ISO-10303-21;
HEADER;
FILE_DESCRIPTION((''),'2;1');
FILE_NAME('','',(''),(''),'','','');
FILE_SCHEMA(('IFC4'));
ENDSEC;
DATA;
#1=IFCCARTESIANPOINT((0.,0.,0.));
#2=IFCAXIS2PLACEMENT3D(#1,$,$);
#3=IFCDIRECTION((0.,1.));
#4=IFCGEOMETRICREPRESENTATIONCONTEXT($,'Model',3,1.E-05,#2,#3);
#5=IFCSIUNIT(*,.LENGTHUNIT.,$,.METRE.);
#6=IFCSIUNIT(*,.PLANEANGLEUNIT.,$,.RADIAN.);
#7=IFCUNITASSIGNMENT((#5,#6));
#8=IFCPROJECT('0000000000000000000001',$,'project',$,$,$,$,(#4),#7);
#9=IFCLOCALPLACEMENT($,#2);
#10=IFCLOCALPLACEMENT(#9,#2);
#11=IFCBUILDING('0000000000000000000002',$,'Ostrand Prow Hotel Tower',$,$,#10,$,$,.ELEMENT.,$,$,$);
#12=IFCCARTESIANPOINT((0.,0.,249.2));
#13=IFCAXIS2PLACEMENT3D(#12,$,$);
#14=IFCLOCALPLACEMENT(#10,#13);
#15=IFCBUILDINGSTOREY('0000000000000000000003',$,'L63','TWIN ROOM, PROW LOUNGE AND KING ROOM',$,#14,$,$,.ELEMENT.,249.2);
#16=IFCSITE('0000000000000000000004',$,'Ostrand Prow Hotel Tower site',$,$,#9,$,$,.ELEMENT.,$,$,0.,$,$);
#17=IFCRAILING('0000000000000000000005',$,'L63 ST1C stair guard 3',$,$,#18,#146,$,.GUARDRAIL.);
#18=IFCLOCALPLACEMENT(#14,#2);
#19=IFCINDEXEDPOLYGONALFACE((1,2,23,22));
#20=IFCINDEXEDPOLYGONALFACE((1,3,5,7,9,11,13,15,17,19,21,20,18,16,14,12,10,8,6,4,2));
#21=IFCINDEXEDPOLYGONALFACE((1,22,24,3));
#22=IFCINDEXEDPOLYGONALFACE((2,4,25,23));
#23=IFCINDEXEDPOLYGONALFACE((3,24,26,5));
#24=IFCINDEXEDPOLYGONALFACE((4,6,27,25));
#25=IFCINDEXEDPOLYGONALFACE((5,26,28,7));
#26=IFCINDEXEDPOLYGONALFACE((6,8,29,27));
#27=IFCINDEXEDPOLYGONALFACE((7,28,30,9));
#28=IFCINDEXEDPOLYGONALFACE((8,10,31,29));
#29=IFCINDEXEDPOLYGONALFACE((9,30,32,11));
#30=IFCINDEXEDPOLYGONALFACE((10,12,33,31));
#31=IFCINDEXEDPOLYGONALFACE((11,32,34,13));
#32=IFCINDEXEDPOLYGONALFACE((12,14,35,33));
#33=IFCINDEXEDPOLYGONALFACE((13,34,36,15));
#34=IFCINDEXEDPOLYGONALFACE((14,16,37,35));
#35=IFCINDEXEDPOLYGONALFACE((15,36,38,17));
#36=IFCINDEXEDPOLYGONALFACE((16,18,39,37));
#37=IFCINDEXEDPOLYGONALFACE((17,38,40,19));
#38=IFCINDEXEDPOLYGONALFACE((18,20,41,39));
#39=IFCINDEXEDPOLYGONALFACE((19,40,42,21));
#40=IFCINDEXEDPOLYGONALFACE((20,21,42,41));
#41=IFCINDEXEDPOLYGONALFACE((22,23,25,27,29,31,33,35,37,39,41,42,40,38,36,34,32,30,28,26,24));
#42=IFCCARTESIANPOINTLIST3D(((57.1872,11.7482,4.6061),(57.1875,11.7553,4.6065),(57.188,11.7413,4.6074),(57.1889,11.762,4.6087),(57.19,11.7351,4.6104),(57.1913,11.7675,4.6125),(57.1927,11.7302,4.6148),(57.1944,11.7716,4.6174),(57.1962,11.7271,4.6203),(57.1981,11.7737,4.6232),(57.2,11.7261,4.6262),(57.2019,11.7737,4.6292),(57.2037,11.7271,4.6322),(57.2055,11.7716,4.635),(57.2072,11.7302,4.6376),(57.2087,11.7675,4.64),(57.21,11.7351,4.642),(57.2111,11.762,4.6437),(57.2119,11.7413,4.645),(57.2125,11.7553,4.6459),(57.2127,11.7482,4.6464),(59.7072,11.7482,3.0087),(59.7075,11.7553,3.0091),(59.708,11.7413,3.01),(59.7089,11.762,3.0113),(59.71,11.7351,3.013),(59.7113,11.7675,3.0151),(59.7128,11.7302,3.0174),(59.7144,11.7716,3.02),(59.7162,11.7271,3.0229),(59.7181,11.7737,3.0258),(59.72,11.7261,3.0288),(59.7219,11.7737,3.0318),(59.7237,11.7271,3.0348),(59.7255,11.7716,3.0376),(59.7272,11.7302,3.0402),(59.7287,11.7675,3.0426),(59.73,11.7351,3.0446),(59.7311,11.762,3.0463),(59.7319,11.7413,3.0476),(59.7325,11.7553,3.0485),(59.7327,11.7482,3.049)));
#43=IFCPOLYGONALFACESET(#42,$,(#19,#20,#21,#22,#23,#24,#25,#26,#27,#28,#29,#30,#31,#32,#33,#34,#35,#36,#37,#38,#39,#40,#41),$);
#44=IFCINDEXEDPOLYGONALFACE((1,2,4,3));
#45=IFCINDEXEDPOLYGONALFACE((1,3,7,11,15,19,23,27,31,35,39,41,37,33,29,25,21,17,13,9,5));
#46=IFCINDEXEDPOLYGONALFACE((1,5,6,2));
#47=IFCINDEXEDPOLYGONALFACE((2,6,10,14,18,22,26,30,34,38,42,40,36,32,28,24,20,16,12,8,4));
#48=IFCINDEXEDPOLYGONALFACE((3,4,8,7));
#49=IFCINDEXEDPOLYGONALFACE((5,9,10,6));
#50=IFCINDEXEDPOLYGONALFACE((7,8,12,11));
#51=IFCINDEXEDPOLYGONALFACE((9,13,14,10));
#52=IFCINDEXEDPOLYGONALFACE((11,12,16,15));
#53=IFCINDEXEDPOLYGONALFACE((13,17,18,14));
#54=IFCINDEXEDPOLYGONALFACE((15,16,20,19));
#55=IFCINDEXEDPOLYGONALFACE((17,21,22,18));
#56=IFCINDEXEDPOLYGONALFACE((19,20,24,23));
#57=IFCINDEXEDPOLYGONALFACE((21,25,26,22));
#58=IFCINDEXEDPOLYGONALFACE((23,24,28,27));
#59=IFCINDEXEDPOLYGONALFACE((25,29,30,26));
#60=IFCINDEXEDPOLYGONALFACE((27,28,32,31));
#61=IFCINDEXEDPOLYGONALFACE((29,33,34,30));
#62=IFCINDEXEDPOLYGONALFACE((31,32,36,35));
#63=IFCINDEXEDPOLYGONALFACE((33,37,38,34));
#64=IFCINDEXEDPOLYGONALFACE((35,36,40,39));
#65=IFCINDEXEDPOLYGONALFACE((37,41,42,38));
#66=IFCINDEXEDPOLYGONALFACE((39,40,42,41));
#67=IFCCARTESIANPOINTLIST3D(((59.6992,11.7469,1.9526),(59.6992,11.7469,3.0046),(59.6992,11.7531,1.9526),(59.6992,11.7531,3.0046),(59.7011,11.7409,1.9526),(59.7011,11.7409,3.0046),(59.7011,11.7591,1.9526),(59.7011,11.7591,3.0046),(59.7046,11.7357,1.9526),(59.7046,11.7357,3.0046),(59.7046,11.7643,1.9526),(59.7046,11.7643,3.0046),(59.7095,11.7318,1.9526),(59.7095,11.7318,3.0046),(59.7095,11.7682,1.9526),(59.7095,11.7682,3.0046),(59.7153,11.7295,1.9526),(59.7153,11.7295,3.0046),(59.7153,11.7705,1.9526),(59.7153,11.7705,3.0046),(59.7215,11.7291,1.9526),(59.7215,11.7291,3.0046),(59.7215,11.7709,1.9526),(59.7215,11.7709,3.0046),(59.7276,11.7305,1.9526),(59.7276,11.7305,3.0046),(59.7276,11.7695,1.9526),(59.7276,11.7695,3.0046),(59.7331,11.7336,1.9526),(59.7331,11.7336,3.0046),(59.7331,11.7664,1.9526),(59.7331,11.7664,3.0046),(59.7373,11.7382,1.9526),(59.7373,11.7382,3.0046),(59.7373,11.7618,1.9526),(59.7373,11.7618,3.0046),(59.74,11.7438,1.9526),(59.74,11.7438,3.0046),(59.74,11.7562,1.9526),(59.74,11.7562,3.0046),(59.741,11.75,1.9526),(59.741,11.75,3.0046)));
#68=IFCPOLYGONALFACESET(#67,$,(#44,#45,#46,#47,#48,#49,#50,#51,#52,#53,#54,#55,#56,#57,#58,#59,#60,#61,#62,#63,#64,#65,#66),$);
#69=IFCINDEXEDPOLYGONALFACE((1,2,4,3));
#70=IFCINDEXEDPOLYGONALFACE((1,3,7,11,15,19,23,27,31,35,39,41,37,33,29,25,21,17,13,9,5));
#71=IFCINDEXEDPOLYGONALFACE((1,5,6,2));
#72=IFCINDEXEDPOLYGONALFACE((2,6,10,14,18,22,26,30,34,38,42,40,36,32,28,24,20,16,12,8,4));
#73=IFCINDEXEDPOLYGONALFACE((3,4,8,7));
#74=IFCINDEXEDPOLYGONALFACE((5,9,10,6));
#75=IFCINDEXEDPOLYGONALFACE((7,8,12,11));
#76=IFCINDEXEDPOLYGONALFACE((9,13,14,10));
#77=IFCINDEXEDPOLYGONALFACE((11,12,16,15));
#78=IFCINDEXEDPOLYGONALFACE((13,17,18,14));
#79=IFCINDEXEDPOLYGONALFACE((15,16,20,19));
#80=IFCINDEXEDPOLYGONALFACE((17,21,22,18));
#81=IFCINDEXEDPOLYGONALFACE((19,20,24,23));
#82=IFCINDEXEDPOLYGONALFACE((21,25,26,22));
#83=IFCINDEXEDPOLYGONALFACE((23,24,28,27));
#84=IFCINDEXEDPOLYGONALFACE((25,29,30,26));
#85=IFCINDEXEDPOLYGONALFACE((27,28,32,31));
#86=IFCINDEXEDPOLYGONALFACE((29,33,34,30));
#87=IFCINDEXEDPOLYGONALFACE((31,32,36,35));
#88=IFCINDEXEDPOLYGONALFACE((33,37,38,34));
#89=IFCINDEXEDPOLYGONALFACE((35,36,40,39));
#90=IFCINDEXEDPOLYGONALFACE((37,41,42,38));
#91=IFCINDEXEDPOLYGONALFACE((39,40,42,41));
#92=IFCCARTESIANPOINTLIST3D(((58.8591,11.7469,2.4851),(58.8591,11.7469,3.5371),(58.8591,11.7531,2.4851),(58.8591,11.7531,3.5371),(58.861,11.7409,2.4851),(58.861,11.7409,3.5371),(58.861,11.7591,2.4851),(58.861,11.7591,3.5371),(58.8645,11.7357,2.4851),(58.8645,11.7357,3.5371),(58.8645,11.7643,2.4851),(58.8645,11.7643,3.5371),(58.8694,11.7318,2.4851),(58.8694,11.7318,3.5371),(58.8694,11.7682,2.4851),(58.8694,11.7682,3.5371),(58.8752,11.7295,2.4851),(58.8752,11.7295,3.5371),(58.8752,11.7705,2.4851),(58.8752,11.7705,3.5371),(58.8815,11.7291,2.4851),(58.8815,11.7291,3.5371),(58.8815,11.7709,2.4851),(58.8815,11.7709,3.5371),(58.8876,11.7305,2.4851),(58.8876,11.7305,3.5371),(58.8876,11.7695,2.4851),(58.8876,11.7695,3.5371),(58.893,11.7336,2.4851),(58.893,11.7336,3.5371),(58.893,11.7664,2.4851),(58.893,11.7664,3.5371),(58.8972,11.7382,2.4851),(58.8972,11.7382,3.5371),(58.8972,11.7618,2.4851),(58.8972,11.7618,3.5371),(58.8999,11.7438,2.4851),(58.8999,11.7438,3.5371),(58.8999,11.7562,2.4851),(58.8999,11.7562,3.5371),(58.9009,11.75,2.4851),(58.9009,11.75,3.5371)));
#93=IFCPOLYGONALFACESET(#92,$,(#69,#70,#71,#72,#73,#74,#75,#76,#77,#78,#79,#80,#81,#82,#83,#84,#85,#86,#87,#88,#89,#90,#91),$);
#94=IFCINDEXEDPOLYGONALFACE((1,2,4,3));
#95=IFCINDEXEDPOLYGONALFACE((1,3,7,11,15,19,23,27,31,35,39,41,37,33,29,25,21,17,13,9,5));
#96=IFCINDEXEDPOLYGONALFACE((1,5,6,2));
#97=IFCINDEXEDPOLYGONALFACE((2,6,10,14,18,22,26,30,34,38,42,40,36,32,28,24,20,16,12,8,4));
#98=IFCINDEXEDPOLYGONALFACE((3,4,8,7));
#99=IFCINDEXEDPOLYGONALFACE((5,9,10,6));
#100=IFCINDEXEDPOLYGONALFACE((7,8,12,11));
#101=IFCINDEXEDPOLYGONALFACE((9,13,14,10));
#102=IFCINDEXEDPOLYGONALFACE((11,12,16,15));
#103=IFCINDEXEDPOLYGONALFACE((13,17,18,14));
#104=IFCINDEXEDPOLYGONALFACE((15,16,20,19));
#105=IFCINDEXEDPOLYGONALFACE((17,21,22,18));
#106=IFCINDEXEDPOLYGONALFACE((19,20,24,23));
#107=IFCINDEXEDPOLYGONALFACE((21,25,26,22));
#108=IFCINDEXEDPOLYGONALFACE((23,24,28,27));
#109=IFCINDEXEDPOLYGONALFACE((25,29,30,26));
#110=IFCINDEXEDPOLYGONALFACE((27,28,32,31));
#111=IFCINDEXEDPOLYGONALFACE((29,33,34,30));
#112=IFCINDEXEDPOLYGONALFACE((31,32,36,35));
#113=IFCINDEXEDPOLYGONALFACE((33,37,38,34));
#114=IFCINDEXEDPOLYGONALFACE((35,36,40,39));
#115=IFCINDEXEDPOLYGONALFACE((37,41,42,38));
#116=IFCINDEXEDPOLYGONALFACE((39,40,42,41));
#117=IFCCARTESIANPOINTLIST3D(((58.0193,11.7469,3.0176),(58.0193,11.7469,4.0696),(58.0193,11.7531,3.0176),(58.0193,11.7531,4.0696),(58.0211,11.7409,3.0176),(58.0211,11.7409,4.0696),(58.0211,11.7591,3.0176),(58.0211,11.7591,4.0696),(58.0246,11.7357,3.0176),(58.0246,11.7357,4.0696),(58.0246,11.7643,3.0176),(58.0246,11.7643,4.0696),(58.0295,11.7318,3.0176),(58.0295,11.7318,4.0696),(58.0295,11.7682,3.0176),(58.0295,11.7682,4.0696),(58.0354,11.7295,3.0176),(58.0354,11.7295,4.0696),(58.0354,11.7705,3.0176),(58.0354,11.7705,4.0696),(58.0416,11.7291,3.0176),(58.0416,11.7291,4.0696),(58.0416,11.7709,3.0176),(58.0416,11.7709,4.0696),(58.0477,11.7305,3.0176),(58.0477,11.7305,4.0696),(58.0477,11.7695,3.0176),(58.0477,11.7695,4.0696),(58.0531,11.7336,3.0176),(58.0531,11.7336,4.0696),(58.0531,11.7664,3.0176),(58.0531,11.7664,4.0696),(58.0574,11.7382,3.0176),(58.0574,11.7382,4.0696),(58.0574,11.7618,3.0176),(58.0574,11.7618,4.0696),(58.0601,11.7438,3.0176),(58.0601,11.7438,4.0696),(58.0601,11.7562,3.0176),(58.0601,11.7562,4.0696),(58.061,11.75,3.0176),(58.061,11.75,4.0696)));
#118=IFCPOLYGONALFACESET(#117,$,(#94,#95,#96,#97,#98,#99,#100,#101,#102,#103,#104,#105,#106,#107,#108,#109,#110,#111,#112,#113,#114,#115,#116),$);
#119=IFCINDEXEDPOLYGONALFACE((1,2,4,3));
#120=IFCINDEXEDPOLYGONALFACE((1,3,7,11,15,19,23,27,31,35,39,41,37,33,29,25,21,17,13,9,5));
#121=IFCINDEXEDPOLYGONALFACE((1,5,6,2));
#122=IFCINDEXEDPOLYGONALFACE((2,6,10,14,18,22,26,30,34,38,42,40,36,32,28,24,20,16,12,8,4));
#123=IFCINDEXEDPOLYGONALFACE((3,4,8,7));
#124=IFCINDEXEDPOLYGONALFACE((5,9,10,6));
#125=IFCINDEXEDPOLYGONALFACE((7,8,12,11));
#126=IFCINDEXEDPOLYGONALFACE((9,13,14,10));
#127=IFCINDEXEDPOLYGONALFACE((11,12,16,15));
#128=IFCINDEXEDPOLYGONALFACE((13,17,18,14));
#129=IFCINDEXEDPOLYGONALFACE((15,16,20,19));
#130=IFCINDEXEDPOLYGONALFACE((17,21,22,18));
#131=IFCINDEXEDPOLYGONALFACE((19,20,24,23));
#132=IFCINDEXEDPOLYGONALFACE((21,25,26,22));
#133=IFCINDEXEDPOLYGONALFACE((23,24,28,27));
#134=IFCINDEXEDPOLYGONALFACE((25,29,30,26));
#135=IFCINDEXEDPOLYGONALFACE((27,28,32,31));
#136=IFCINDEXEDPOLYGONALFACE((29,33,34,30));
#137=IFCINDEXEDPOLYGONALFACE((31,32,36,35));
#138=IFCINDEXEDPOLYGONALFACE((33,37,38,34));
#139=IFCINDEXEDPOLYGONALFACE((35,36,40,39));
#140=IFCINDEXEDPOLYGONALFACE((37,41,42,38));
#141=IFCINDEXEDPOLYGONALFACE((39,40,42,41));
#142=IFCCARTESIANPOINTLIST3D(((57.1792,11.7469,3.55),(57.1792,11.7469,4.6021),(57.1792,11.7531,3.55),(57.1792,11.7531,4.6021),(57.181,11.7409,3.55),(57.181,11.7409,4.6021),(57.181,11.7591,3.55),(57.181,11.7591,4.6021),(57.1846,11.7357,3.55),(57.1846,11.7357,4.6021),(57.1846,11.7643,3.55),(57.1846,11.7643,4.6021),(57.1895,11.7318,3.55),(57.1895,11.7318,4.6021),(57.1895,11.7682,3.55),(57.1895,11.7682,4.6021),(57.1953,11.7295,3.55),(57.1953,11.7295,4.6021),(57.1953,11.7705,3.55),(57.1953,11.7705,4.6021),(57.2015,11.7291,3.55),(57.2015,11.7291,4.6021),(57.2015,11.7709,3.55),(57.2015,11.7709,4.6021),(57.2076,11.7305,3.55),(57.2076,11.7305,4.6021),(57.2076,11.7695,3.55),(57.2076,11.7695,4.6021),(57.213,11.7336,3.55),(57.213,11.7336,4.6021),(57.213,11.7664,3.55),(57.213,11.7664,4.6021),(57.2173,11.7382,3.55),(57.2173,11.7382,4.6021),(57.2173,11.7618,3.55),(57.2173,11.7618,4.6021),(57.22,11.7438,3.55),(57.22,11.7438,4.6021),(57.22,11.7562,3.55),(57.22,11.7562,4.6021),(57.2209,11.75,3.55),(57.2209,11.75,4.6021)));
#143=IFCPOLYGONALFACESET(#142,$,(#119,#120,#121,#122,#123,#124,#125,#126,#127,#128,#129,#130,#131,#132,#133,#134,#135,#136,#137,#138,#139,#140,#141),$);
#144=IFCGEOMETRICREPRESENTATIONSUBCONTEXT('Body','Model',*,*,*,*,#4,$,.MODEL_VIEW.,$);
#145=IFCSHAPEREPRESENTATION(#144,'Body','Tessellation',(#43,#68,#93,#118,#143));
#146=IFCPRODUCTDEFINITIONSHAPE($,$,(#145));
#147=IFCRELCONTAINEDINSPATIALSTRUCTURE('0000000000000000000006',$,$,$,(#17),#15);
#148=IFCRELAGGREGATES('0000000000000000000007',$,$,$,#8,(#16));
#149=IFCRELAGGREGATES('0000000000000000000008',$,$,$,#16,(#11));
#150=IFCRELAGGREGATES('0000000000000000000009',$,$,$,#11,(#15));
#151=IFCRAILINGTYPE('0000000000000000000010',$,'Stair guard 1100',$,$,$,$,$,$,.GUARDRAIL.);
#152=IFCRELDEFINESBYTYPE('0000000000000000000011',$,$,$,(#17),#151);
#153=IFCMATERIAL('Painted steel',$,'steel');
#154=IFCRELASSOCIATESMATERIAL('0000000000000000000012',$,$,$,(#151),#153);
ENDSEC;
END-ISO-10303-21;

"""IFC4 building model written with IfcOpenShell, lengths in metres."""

from ifc_helpers import new_model, si_unit, direction, frame, origin, origin_2d, place, context, subcontext, project, spatial, circle, extrude, material, type_object, element, save


model = new_model("IFC4")

# Units and contexts
model_context = context("Model", 3, precision=1e-05, world=origin(), true_north=direction((0.0, 1.0)))
body_context = subcontext(model_context, "Body", "Model", "MODEL_VIEW")
ifc_project = project(units=[si_unit("LENGTHUNIT", "METRE"), si_unit("PLANEANGLEUNIT", "RADIAN")], contexts=[model_context])

# Site, building, storey
site_placement = place(None, origin())
site = spatial("IfcSite", under=ifc_project, at=site_placement, Name="Ostrand Prow Hotel Tower site", CompositionType="ELEMENT", RefElevation=0.0)
building_placement = place(site_placement, origin())
building = spatial("IfcBuilding", under=site, at=building_placement, Name="Ostrand Prow Hotel Tower", CompositionType="ELEMENT")
storey_placement = place(building_placement, frame((0.0, 0.0, 249.2)))
storey = spatial("IfcBuildingStorey", under=building, at=storey_placement, Name="L63", Description="TWIN ROOM, PROW LOUNGE AND KING ROOM", CompositionType="ELEMENT", Elevation=249.2)

# Railing
ifc_material_1 = material(Name="Painted steel", Category="steel")
railing_type_1 = type_object("IfcRailingType", Name="Stair guard 1100", PredefinedType="GUARDRAIL", material=ifc_material_1)
railing_1_placement = place(storey_placement, frame((59.72, 11.75, 1.9526)))
element("IfcRailing", 1, at=railing_1_placement, inside=storey, type_object=railing_type_1, Name="L63 ST1C stair guard 3", PredefinedType="GUARDRAIL", context=body_context, shape_type="SweptSolid", body=[
    extrude(circle(Radius=0.0239, at=origin_2d()), frame((0.0, 0.0, 1.0762), z_axis=(-0.844607, 0.0, 0.535387), x_axis=(0.0, -1.0, 0.0)), (0.0, 0.0, 1.0), 2.9836),
    extrude(circle(Radius=0.021, at=origin_2d()), origin(), (0.0, 0.0, 1.0), 1.052),
    extrude(circle(Radius=0.021, at=origin_2d()), frame((-0.8401, 0.0, 0.5325)), (0.0, 0.0, 1.0), 1.052),
    extrude(circle(Radius=0.021, at=origin_2d()), frame((-1.6799, 0.0, 1.0649)), (0.0, 0.0, 1.0), 1.052),
    extrude(circle(Radius=0.021, at=origin_2d()), frame((-2.52, 0.0, 1.5974)), (0.0, 0.0, 1.0), 1.052),
])

save(model, "model.ifc")
